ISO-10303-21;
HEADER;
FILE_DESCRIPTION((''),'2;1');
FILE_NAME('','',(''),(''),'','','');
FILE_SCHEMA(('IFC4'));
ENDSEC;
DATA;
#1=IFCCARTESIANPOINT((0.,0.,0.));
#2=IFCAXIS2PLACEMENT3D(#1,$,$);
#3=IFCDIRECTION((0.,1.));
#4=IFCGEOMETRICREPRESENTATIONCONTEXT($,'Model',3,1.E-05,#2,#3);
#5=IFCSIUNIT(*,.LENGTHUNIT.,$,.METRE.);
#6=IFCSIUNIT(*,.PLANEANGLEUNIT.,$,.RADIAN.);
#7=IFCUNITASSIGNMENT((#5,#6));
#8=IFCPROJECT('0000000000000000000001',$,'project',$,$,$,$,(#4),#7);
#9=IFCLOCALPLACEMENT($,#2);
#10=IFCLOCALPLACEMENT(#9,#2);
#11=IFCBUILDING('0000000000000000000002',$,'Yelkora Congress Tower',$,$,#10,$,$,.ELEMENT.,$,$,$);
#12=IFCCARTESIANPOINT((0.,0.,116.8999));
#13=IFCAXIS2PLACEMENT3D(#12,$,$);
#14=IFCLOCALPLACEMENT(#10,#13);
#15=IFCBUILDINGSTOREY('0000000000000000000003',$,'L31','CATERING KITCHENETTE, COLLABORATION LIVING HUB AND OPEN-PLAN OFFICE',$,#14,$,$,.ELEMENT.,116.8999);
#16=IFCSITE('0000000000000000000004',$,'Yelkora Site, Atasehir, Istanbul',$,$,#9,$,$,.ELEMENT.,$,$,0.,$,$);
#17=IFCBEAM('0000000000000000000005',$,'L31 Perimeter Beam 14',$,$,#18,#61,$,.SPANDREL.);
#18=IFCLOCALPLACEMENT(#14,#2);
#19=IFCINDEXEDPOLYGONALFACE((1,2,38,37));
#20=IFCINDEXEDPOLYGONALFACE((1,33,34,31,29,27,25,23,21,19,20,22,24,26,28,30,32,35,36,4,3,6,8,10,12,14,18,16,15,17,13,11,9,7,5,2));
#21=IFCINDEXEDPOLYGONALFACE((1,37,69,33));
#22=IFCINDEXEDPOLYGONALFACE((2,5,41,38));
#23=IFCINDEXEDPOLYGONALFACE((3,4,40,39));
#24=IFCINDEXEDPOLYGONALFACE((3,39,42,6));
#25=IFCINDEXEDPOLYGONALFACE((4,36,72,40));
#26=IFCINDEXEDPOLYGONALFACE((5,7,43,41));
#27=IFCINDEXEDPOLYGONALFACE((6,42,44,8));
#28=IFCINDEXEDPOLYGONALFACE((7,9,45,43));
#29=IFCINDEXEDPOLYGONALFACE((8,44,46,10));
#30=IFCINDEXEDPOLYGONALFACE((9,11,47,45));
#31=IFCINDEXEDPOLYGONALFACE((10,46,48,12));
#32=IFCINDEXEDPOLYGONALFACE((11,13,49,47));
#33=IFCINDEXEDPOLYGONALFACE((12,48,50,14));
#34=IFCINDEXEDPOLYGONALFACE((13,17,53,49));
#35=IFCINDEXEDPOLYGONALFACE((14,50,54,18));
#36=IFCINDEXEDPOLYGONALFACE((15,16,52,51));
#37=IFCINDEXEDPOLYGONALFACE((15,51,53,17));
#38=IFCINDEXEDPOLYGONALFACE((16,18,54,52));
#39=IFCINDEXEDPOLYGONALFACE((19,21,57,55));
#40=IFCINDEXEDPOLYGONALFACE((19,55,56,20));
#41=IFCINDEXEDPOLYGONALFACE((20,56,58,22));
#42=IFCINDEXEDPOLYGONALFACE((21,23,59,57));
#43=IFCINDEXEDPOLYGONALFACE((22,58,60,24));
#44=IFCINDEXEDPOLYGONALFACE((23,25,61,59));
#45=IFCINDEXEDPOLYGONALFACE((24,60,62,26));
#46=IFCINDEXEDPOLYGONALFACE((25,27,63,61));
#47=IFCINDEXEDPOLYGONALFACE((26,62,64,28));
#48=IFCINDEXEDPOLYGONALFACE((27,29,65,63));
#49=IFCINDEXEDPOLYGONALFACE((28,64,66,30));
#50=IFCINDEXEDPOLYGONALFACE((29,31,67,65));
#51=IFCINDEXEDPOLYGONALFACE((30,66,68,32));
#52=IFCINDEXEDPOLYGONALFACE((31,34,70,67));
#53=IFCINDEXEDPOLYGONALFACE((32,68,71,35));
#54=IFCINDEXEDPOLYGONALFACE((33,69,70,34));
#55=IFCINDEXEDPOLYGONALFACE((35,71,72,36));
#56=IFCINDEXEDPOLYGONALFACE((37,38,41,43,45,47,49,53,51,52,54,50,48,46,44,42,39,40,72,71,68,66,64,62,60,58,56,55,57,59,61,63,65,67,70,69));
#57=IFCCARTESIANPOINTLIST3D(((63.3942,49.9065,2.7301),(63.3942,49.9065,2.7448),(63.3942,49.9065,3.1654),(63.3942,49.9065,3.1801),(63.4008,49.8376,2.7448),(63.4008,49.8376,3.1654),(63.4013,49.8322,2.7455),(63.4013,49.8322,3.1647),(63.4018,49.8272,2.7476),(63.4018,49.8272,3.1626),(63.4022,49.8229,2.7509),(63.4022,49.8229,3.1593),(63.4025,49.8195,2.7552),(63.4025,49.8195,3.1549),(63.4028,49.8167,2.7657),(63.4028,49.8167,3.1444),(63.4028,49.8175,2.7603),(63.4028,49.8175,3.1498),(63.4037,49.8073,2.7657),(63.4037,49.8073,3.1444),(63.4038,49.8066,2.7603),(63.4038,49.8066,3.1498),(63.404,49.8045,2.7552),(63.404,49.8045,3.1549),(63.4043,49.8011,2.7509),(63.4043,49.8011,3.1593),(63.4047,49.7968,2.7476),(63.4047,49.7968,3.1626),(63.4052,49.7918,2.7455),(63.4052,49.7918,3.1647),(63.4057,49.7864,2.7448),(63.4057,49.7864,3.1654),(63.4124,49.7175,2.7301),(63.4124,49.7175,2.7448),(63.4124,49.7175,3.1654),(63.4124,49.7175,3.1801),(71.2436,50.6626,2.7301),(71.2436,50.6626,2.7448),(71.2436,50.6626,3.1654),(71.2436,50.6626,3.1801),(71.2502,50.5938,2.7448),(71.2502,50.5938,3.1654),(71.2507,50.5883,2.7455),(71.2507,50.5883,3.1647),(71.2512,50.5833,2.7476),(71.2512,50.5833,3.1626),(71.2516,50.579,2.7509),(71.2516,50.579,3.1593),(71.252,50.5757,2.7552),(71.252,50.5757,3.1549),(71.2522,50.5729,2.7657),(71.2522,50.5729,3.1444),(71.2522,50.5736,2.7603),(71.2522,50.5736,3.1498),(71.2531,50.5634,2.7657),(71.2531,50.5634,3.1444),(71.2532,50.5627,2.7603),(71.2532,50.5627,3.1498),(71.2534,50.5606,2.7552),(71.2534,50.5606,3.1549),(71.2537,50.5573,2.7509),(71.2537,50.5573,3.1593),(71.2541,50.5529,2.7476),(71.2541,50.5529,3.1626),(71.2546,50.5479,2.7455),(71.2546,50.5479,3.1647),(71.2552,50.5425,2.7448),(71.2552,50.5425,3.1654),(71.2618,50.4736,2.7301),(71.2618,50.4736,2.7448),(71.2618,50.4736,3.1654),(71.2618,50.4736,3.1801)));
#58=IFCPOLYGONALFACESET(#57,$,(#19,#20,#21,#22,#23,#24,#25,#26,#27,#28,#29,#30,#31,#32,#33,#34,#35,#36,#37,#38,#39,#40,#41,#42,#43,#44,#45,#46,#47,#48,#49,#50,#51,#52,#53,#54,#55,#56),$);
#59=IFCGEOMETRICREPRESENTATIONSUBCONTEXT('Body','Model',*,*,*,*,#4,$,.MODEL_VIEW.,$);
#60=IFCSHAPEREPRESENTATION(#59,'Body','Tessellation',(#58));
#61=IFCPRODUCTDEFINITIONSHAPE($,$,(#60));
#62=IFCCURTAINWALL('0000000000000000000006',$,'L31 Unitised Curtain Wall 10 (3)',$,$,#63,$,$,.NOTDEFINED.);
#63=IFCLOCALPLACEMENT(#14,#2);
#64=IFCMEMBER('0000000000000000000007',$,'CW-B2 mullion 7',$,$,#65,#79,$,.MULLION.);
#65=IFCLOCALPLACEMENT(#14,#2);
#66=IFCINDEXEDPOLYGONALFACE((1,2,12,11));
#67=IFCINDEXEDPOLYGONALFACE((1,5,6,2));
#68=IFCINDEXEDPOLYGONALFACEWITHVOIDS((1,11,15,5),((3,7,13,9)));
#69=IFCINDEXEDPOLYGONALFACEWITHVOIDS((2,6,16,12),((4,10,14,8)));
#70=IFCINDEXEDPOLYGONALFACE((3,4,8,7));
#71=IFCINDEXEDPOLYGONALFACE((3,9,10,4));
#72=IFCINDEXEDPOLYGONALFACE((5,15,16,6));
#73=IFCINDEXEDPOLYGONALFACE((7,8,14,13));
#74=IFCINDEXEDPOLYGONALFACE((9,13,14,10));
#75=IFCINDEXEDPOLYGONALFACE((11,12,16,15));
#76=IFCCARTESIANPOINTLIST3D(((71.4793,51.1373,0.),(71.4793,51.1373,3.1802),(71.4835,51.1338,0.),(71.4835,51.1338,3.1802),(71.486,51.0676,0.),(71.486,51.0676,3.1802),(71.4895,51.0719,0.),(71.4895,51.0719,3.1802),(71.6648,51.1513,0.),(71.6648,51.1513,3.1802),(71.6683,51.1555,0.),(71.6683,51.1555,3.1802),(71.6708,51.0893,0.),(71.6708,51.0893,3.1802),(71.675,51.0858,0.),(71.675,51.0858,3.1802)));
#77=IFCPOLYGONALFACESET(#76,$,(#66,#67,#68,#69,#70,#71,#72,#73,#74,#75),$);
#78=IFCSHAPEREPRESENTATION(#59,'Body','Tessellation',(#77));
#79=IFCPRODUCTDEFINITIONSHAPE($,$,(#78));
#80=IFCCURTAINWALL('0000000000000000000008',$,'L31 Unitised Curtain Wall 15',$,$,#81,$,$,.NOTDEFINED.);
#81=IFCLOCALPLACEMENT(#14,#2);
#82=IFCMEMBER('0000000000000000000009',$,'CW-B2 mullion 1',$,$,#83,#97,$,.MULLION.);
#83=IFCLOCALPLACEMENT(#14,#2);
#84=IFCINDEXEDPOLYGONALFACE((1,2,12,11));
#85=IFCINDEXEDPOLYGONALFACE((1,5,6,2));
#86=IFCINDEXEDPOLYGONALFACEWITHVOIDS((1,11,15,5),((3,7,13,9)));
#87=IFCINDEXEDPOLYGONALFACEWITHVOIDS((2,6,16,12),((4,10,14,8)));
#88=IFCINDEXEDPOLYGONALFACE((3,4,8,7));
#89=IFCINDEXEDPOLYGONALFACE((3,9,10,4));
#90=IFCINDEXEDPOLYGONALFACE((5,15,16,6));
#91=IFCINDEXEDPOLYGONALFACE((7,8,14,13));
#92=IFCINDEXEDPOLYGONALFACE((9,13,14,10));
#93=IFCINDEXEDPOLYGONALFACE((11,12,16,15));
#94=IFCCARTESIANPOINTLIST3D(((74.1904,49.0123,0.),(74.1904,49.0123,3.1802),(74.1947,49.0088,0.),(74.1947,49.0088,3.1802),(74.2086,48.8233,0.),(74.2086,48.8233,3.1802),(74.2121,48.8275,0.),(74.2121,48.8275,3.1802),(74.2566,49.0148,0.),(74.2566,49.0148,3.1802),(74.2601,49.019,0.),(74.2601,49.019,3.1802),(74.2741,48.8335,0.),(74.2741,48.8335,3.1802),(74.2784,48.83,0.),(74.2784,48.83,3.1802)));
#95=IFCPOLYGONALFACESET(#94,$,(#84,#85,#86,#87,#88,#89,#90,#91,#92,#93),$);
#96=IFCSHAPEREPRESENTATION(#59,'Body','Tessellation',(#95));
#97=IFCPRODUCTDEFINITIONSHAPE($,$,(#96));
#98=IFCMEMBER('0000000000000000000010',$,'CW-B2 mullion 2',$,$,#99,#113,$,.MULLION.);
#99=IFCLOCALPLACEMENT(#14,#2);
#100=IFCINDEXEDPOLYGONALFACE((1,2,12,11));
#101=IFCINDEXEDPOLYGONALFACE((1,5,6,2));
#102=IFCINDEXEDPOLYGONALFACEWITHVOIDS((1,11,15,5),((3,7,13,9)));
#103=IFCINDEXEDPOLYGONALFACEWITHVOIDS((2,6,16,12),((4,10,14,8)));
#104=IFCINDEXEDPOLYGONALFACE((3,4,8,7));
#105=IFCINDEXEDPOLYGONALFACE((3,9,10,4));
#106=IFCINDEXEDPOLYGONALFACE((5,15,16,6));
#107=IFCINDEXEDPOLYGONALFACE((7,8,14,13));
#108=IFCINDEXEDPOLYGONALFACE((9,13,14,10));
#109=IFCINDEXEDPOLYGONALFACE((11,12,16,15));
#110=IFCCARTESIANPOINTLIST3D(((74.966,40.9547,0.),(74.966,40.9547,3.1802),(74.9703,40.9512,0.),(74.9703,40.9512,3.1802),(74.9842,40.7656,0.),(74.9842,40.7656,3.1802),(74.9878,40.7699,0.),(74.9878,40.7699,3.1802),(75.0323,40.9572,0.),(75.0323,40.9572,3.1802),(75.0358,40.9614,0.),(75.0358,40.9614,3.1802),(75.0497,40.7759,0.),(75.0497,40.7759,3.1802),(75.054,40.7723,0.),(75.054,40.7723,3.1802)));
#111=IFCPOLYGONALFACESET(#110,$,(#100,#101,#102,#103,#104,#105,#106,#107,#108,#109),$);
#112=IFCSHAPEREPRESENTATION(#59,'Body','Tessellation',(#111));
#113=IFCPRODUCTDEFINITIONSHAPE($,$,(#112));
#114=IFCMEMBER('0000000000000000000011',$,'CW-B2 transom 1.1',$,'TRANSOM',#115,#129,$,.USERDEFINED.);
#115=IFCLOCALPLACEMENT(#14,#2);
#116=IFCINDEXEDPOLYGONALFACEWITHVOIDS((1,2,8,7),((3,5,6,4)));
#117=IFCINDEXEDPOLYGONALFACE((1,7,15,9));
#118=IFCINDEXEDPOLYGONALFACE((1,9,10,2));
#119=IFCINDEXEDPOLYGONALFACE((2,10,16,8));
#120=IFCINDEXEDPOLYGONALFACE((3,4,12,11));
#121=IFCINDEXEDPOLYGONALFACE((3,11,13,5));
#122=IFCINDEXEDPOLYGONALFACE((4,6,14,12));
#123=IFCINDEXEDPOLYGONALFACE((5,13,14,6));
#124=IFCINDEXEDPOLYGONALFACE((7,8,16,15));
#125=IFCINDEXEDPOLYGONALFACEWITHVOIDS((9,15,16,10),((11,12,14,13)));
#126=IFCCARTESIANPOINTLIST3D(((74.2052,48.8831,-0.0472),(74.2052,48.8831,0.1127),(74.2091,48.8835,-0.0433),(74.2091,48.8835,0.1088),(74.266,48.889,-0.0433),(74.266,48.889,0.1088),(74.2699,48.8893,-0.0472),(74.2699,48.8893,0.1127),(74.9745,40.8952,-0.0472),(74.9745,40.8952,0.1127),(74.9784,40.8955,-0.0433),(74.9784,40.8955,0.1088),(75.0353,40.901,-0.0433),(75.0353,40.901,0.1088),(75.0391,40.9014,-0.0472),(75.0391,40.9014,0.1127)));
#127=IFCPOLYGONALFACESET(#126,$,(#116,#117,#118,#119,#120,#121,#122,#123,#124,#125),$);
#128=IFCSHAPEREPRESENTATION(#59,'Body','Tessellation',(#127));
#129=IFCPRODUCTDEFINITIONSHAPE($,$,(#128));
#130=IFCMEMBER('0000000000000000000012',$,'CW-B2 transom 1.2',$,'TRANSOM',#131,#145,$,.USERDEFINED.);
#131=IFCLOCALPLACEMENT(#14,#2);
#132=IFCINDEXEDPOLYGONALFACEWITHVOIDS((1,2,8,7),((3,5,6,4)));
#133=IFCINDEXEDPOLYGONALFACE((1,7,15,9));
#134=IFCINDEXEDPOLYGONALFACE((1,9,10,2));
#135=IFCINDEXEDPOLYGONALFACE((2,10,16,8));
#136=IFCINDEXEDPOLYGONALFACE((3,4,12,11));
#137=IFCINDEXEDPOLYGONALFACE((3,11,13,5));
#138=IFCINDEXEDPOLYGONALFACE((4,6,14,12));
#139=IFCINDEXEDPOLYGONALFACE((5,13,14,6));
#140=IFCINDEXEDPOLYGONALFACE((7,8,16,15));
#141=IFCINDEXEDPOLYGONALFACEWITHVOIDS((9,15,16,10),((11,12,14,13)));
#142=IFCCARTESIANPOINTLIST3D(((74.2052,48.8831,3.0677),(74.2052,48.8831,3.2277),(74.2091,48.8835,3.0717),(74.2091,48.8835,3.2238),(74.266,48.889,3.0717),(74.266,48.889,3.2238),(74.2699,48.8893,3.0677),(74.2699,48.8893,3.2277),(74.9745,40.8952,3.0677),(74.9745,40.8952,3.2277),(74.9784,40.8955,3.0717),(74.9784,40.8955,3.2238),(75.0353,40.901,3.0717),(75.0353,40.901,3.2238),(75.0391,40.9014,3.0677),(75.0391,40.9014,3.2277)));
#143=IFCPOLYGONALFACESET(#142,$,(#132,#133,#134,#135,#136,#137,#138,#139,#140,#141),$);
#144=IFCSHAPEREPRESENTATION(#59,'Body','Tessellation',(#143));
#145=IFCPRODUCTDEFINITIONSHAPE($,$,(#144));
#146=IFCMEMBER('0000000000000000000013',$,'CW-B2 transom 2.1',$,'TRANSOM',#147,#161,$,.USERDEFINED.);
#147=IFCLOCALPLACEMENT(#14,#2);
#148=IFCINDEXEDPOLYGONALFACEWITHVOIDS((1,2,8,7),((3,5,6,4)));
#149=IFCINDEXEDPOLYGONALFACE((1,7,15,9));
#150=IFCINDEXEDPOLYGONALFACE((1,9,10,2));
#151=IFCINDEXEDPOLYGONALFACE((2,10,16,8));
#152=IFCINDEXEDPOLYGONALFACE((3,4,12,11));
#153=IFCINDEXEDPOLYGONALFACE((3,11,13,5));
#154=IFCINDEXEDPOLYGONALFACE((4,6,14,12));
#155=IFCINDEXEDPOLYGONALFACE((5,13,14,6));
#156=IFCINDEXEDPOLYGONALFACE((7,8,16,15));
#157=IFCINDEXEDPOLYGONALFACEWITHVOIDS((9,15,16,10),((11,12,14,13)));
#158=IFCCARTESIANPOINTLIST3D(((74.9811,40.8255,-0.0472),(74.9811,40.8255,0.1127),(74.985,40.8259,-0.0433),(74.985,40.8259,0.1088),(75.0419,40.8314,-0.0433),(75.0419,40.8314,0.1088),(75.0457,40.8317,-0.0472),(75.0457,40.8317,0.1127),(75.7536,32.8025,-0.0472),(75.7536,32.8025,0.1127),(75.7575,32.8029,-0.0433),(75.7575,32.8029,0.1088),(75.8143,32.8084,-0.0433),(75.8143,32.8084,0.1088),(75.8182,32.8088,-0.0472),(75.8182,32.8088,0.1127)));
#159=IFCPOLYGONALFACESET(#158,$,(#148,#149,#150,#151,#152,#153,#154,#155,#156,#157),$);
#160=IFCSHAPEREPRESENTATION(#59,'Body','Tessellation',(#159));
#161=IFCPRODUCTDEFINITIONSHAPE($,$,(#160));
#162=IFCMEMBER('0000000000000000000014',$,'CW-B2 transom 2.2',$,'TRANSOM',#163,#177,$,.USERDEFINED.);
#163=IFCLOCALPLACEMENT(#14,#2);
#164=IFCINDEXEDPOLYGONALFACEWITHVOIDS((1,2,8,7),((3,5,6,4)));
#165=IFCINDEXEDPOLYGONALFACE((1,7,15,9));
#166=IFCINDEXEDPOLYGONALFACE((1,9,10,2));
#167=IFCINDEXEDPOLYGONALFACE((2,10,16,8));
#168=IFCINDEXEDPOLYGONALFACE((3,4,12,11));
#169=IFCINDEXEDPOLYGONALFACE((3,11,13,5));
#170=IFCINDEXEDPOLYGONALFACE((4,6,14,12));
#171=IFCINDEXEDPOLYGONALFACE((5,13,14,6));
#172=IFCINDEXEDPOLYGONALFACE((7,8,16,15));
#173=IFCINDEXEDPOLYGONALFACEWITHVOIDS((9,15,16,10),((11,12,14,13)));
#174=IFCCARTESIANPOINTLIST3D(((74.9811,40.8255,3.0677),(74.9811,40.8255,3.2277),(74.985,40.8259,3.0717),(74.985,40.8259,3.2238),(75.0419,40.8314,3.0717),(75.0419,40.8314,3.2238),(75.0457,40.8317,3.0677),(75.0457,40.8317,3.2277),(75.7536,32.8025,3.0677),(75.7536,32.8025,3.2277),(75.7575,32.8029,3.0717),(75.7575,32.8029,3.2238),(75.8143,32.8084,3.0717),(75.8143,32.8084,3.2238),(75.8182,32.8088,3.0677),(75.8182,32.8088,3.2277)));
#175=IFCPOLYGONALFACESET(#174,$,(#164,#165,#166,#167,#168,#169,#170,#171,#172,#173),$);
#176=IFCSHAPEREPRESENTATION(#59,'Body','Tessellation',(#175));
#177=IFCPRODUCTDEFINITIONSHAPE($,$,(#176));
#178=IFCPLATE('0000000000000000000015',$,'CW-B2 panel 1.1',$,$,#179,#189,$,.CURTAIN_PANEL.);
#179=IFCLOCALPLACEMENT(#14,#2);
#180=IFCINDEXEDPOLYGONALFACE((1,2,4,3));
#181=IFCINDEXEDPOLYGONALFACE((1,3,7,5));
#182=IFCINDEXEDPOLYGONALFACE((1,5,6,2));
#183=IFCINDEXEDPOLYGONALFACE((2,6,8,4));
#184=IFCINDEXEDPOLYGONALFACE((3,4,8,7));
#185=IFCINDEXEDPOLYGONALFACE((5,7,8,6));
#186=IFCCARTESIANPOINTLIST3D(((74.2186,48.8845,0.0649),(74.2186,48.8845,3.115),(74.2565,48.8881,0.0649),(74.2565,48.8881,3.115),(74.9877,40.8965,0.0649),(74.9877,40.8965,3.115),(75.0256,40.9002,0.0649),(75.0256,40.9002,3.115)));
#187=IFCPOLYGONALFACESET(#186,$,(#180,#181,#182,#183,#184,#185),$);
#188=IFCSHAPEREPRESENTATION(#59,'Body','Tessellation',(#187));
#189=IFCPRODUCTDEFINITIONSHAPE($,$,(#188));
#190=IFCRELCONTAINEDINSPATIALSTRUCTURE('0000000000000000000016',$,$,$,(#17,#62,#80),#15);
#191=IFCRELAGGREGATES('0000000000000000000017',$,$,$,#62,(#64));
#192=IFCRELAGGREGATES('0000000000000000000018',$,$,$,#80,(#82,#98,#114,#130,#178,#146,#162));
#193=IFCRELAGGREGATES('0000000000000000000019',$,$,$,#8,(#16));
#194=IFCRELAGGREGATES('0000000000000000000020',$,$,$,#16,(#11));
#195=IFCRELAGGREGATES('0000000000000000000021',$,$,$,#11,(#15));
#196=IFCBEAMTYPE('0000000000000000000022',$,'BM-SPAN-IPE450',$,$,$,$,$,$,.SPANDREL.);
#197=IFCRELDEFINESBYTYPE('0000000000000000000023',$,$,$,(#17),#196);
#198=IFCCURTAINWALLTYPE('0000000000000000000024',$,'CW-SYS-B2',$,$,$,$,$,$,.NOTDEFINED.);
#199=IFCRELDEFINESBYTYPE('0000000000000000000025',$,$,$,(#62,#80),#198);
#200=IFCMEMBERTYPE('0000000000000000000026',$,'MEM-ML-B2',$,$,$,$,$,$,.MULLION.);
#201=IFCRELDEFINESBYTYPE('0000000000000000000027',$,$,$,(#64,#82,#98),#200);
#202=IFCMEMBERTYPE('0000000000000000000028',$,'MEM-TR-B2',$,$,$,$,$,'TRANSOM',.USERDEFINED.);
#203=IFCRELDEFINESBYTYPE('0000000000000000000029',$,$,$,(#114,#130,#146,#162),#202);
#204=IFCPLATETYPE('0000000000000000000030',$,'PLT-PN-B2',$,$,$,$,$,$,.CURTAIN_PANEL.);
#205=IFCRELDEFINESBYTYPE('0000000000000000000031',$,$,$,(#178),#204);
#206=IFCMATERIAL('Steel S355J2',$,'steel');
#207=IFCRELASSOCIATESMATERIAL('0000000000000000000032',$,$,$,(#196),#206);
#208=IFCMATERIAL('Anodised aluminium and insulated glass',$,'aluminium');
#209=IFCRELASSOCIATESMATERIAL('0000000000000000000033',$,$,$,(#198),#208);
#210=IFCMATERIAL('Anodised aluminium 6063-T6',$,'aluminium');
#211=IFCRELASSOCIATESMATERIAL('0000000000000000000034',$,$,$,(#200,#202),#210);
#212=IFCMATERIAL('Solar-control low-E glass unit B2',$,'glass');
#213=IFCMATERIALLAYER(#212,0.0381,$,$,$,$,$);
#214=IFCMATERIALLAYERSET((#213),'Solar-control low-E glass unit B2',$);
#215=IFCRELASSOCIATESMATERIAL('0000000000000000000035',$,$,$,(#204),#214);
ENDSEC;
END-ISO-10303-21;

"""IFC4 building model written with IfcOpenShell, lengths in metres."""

from ifc_helpers import new_model, si_unit, direction, frame, origin, origin_2d, place, context, subcontext, project, spatial, rectangle, hollow_rectangle, i_section, extrude, material, layer, layer_set, material_profile, profile_set, type_object, element, aggregate, save


model = new_model("IFC4")

# Units and contexts
model_context = context("Model", 3, precision=1e-05, world=origin(), true_north=direction((0.0, 1.0)))
body_context = subcontext(model_context, "Body", "Model", "MODEL_VIEW")
ifc_project = project(units=[si_unit("LENGTHUNIT", "METRE"), si_unit("PLANEANGLEUNIT", "RADIAN")], contexts=[model_context])

# Site, building, storey
site_placement = place(None, origin())
site = spatial("IfcSite", under=ifc_project, at=site_placement, Name="Yelkora Site, Atasehir, Istanbul", CompositionType="ELEMENT", RefElevation=0.0)
building_placement = place(site_placement, origin())
building = spatial("IfcBuilding", under=site, at=building_placement, Name="Yelkora Congress Tower", CompositionType="ELEMENT")
storey_placement = place(building_placement, frame((0.0, 0.0, 116.8999)))
storey = spatial("IfcBuildingStorey", under=building, at=storey_placement, Name="L31", Description="CATERING KITCHENETTE, COLLABORATION LIVING HUB AND OPEN-PLAN OFFICE", CompositionType="ELEMENT", Elevation=116.8999)

# Beam
ifc_material_1 = material(Name="Steel S355J2", Category="steel")
ifc_material_profile_1 = material_profile(ifc_material_1, i_section(OverallWidth=0.1899, OverallDepth=0.45, WebThickness=0.0095, FlangeThickness=0.0146, FilletRadius=0.021, at=origin_2d()), Name="IPE 450")
ifc_profile_set_1 = profile_set([ifc_material_profile_1], Name="Steel S355J2")
beam_type_1 = type_object("IfcBeamType", Name="BM-SPAN-IPE450", PredefinedType="SPANDREL", material=ifc_profile_set_1)
beam_1_placement = place(storey_placement, frame((71.2527, 50.5681, 2.9551), z_axis=(-0.995393, -0.095883, 0.0), x_axis=(0.095883, -0.995393, 0.0)))
element("IfcBeam", 1, at=beam_1_placement, inside=storey, type_object=beam_type_1, Name="L31 Perimeter Beam 14", PredefinedType="SPANDREL", context=body_context, shape_type="SweptSolid", body=[
    extrude(i_section(OverallWidth=0.1899, OverallDepth=0.45, WebThickness=0.0095, FlangeThickness=0.0146, FilletRadius=0.021, at=origin_2d()), origin(), (0.0, 0.0, 1.0), 7.8857),
])

# Curtain wall, member
ifc_material_2 = material(Name="Anodised aluminium and insulated glass", Category="aluminium")
curtain_wall_type = type_object("IfcCurtainWallType", Name="CW-SYS-B2", PredefinedType="NOTDEFINED", material=ifc_material_2)
curtain_wall_1_placement = place(storey_placement, origin())
curtain_wall_1 = element("IfcCurtainWall", 2, at=curtain_wall_1_placement, inside=storey, type_object=curtain_wall_type, Name="L31 Unitised Curtain Wall 10 (3)", PredefinedType="NOTDEFINED")
ifc_material_3 = material(Name="Anodised aluminium 6063-T6", Category="aluminium")
ifc_material_profile_2 = material_profile(ifc_material_3, hollow_rectangle(XDim=0.0701, YDim=0.1899, WallThickness=0.0039, at=origin_2d()), Name="ALU 70x190x4")
ifc_profile_set_2 = profile_set([ifc_material_profile_2], Name="Anodised aluminium 6063-T6")
member_type_1 = type_object("IfcMemberType", Name="MEM-ML-B2", PredefinedType="MULLION", material=ifc_profile_set_2)
member_1_placement = place(storey_placement, frame((71.5771, 51.1116, 0.0), z_axis=(0.0, 0.0, 1.0), x_axis=(-0.095844, 0.995396, 0.0)))
member_1 = element("IfcMember", 3, at=member_1_placement, type_object=member_type_1, Name="CW-B2 mullion 7", PredefinedType="MULLION", context=body_context, shape_type="SweptSolid", body=[
    extrude(hollow_rectangle(XDim=0.0701, YDim=0.1899, WallThickness=0.0039, at=origin_2d()), origin(), (0.0, 0.0, 1.0), 3.1802),
])
aggregate(curtain_wall_1, [member_1])

# Curtain wall, members, plate
curtain_wall_2_placement = place(storey_placement, origin())
curtain_wall_2 = element("IfcCurtainWall", 4, at=curtain_wall_2_placement, inside=storey, type_object=curtain_wall_type, Name="L31 Unitised Curtain Wall 15", PredefinedType="NOTDEFINED")
member_2_placement = place(storey_placement, frame((74.2344, 48.9211, 0.0), z_axis=(0.0, 0.0, 1.0), x_axis=(0.995397, 0.095843, 0.0)))
member_2 = element("IfcMember", 5, at=member_2_placement, type_object=member_type_1, Name="CW-B2 mullion 1", PredefinedType="MULLION", context=body_context, shape_type="SweptSolid", body=[
    extrude(hollow_rectangle(XDim=0.0701, YDim=0.1899, WallThickness=0.0039, at=origin_2d()), origin(), (0.0, 0.0, 1.0), 3.1802),
])
member_3_placement = place(storey_placement, frame((75.01, 40.8635, 0.0), z_axis=(0.0, 0.0, 1.0), x_axis=(0.995397, 0.095843, 0.0)))
member_3 = element("IfcMember", 6, at=member_3_placement, type_object=member_type_1, Name="CW-B2 mullion 2", PredefinedType="MULLION", context=body_context, shape_type="SweptSolid", body=[
    extrude(hollow_rectangle(XDim=0.0701, YDim=0.1899, WallThickness=0.0039, at=origin_2d()), origin(), (0.0, 0.0, 1.0), 3.1802),
])
ifc_material_profile_3 = material_profile(ifc_material_3, hollow_rectangle(XDim=0.0649, YDim=0.1599, WallThickness=0.0039, at=origin_2d()), Name="ALU 65x160x4")
ifc_profile_set_3 = profile_set([ifc_material_profile_3], Name="Anodised aluminium 6063-T6")
member_type_2 = type_object("IfcMemberType", Name="MEM-TR-B2", ElementType="TRANSOM", PredefinedType="USERDEFINED", material=ifc_profile_set_3)
member_4_placement = place(storey_placement, frame((74.2375, 48.8862, 0.0327), z_axis=(0.095861, -0.995395, 0.0), x_axis=(0.995395, 0.095861, 0.0)))
member_4 = element("IfcMember", 7, at=member_4_placement, type_object=member_type_2, Name="CW-B2 transom 1.1", ObjectType="TRANSOM", PredefinedType="USERDEFINED", context=body_context, shape_type="SweptSolid", body=[
    extrude(hollow_rectangle(XDim=0.0649, YDim=0.1599, WallThickness=0.0039, at=origin_2d()), origin(), (0.0, 0.0, 1.0), 8.0249),
])
member_5_placement = place(storey_placement, frame((74.2375, 48.8862, 3.1477), z_axis=(0.095861, -0.995395, 0.0), x_axis=(0.995395, 0.095861, 0.0)))
member_5 = element("IfcMember", 8, at=member_5_placement, type_object=member_type_2, Name="CW-B2 transom 1.2", ObjectType="TRANSOM", PredefinedType="USERDEFINED", context=body_context, shape_type="SweptSolid", body=[
    extrude(hollow_rectangle(XDim=0.0649, YDim=0.1599, WallThickness=0.0039, at=origin_2d()), origin(), (0.0, 0.0, 1.0), 8.0249),
])
member_6_placement = place(storey_placement, frame((75.0134, 40.8286, 0.0327), z_axis=(0.095838, -0.995397, 0.0), x_axis=(0.995397, 0.095838, 0.0)))
member_6 = element("IfcMember", 9, at=member_6_placement, type_object=member_type_2, Name="CW-B2 transom 2.1", ObjectType="TRANSOM", PredefinedType="USERDEFINED", context=body_context, shape_type="SweptSolid", body=[
    extrude(hollow_rectangle(XDim=0.0649, YDim=0.1599, WallThickness=0.0039, at=origin_2d()), origin(), (0.0, 0.0, 1.0), 8.0601),
])
member_7_placement = place(storey_placement, frame((75.0134, 40.8286, 3.1477), z_axis=(0.095838, -0.995397, 0.0), x_axis=(0.995397, 0.095838, 0.0)))
member_7 = element("IfcMember", 10, at=member_7_placement, type_object=member_type_2, Name="CW-B2 transom 2.2", ObjectType="TRANSOM", PredefinedType="USERDEFINED", context=body_context, shape_type="SweptSolid", body=[
    extrude(hollow_rectangle(XDim=0.0649, YDim=0.1599, WallThickness=0.0039, at=origin_2d()), origin(), (0.0, 0.0, 1.0), 8.0601),
])
ifc_material_4 = material(Name="Solar-control low-E glass unit B2", Category="glass")
ifc_layer_1 = layer(ifc_material_4, 0.0381)
ifc_layer_set_1 = layer_set([ifc_layer_1], Name="Solar-control low-E glass unit B2")
plate_type = type_object("IfcPlateType", Name="PLT-PN-B2", PredefinedType="CURTAIN_PANEL", material=ifc_layer_set_1)
plate_1_placement = place(storey_placement, frame((74.6221, 44.8923, 0.0649), z_axis=(0.0, 0.0, 1.0), x_axis=(0.095843, -0.995397, 0.0)))
plate_1 = element("IfcPlate", 11, at=plate_1_placement, type_object=plate_type, Name="CW-B2 panel 1.1", PredefinedType="CURTAIN_PANEL", context=body_context, shape_type="SweptSolid", body=[
    extrude(rectangle(XDim=8.0249, YDim=0.0381, at=origin_2d()), origin(), (0.0, 0.0, 1.0), 3.05),
])
aggregate(curtain_wall_2, [member_2, member_3, member_4, member_5, plate_1, member_6, member_7])

save(model, "model.ifc")
